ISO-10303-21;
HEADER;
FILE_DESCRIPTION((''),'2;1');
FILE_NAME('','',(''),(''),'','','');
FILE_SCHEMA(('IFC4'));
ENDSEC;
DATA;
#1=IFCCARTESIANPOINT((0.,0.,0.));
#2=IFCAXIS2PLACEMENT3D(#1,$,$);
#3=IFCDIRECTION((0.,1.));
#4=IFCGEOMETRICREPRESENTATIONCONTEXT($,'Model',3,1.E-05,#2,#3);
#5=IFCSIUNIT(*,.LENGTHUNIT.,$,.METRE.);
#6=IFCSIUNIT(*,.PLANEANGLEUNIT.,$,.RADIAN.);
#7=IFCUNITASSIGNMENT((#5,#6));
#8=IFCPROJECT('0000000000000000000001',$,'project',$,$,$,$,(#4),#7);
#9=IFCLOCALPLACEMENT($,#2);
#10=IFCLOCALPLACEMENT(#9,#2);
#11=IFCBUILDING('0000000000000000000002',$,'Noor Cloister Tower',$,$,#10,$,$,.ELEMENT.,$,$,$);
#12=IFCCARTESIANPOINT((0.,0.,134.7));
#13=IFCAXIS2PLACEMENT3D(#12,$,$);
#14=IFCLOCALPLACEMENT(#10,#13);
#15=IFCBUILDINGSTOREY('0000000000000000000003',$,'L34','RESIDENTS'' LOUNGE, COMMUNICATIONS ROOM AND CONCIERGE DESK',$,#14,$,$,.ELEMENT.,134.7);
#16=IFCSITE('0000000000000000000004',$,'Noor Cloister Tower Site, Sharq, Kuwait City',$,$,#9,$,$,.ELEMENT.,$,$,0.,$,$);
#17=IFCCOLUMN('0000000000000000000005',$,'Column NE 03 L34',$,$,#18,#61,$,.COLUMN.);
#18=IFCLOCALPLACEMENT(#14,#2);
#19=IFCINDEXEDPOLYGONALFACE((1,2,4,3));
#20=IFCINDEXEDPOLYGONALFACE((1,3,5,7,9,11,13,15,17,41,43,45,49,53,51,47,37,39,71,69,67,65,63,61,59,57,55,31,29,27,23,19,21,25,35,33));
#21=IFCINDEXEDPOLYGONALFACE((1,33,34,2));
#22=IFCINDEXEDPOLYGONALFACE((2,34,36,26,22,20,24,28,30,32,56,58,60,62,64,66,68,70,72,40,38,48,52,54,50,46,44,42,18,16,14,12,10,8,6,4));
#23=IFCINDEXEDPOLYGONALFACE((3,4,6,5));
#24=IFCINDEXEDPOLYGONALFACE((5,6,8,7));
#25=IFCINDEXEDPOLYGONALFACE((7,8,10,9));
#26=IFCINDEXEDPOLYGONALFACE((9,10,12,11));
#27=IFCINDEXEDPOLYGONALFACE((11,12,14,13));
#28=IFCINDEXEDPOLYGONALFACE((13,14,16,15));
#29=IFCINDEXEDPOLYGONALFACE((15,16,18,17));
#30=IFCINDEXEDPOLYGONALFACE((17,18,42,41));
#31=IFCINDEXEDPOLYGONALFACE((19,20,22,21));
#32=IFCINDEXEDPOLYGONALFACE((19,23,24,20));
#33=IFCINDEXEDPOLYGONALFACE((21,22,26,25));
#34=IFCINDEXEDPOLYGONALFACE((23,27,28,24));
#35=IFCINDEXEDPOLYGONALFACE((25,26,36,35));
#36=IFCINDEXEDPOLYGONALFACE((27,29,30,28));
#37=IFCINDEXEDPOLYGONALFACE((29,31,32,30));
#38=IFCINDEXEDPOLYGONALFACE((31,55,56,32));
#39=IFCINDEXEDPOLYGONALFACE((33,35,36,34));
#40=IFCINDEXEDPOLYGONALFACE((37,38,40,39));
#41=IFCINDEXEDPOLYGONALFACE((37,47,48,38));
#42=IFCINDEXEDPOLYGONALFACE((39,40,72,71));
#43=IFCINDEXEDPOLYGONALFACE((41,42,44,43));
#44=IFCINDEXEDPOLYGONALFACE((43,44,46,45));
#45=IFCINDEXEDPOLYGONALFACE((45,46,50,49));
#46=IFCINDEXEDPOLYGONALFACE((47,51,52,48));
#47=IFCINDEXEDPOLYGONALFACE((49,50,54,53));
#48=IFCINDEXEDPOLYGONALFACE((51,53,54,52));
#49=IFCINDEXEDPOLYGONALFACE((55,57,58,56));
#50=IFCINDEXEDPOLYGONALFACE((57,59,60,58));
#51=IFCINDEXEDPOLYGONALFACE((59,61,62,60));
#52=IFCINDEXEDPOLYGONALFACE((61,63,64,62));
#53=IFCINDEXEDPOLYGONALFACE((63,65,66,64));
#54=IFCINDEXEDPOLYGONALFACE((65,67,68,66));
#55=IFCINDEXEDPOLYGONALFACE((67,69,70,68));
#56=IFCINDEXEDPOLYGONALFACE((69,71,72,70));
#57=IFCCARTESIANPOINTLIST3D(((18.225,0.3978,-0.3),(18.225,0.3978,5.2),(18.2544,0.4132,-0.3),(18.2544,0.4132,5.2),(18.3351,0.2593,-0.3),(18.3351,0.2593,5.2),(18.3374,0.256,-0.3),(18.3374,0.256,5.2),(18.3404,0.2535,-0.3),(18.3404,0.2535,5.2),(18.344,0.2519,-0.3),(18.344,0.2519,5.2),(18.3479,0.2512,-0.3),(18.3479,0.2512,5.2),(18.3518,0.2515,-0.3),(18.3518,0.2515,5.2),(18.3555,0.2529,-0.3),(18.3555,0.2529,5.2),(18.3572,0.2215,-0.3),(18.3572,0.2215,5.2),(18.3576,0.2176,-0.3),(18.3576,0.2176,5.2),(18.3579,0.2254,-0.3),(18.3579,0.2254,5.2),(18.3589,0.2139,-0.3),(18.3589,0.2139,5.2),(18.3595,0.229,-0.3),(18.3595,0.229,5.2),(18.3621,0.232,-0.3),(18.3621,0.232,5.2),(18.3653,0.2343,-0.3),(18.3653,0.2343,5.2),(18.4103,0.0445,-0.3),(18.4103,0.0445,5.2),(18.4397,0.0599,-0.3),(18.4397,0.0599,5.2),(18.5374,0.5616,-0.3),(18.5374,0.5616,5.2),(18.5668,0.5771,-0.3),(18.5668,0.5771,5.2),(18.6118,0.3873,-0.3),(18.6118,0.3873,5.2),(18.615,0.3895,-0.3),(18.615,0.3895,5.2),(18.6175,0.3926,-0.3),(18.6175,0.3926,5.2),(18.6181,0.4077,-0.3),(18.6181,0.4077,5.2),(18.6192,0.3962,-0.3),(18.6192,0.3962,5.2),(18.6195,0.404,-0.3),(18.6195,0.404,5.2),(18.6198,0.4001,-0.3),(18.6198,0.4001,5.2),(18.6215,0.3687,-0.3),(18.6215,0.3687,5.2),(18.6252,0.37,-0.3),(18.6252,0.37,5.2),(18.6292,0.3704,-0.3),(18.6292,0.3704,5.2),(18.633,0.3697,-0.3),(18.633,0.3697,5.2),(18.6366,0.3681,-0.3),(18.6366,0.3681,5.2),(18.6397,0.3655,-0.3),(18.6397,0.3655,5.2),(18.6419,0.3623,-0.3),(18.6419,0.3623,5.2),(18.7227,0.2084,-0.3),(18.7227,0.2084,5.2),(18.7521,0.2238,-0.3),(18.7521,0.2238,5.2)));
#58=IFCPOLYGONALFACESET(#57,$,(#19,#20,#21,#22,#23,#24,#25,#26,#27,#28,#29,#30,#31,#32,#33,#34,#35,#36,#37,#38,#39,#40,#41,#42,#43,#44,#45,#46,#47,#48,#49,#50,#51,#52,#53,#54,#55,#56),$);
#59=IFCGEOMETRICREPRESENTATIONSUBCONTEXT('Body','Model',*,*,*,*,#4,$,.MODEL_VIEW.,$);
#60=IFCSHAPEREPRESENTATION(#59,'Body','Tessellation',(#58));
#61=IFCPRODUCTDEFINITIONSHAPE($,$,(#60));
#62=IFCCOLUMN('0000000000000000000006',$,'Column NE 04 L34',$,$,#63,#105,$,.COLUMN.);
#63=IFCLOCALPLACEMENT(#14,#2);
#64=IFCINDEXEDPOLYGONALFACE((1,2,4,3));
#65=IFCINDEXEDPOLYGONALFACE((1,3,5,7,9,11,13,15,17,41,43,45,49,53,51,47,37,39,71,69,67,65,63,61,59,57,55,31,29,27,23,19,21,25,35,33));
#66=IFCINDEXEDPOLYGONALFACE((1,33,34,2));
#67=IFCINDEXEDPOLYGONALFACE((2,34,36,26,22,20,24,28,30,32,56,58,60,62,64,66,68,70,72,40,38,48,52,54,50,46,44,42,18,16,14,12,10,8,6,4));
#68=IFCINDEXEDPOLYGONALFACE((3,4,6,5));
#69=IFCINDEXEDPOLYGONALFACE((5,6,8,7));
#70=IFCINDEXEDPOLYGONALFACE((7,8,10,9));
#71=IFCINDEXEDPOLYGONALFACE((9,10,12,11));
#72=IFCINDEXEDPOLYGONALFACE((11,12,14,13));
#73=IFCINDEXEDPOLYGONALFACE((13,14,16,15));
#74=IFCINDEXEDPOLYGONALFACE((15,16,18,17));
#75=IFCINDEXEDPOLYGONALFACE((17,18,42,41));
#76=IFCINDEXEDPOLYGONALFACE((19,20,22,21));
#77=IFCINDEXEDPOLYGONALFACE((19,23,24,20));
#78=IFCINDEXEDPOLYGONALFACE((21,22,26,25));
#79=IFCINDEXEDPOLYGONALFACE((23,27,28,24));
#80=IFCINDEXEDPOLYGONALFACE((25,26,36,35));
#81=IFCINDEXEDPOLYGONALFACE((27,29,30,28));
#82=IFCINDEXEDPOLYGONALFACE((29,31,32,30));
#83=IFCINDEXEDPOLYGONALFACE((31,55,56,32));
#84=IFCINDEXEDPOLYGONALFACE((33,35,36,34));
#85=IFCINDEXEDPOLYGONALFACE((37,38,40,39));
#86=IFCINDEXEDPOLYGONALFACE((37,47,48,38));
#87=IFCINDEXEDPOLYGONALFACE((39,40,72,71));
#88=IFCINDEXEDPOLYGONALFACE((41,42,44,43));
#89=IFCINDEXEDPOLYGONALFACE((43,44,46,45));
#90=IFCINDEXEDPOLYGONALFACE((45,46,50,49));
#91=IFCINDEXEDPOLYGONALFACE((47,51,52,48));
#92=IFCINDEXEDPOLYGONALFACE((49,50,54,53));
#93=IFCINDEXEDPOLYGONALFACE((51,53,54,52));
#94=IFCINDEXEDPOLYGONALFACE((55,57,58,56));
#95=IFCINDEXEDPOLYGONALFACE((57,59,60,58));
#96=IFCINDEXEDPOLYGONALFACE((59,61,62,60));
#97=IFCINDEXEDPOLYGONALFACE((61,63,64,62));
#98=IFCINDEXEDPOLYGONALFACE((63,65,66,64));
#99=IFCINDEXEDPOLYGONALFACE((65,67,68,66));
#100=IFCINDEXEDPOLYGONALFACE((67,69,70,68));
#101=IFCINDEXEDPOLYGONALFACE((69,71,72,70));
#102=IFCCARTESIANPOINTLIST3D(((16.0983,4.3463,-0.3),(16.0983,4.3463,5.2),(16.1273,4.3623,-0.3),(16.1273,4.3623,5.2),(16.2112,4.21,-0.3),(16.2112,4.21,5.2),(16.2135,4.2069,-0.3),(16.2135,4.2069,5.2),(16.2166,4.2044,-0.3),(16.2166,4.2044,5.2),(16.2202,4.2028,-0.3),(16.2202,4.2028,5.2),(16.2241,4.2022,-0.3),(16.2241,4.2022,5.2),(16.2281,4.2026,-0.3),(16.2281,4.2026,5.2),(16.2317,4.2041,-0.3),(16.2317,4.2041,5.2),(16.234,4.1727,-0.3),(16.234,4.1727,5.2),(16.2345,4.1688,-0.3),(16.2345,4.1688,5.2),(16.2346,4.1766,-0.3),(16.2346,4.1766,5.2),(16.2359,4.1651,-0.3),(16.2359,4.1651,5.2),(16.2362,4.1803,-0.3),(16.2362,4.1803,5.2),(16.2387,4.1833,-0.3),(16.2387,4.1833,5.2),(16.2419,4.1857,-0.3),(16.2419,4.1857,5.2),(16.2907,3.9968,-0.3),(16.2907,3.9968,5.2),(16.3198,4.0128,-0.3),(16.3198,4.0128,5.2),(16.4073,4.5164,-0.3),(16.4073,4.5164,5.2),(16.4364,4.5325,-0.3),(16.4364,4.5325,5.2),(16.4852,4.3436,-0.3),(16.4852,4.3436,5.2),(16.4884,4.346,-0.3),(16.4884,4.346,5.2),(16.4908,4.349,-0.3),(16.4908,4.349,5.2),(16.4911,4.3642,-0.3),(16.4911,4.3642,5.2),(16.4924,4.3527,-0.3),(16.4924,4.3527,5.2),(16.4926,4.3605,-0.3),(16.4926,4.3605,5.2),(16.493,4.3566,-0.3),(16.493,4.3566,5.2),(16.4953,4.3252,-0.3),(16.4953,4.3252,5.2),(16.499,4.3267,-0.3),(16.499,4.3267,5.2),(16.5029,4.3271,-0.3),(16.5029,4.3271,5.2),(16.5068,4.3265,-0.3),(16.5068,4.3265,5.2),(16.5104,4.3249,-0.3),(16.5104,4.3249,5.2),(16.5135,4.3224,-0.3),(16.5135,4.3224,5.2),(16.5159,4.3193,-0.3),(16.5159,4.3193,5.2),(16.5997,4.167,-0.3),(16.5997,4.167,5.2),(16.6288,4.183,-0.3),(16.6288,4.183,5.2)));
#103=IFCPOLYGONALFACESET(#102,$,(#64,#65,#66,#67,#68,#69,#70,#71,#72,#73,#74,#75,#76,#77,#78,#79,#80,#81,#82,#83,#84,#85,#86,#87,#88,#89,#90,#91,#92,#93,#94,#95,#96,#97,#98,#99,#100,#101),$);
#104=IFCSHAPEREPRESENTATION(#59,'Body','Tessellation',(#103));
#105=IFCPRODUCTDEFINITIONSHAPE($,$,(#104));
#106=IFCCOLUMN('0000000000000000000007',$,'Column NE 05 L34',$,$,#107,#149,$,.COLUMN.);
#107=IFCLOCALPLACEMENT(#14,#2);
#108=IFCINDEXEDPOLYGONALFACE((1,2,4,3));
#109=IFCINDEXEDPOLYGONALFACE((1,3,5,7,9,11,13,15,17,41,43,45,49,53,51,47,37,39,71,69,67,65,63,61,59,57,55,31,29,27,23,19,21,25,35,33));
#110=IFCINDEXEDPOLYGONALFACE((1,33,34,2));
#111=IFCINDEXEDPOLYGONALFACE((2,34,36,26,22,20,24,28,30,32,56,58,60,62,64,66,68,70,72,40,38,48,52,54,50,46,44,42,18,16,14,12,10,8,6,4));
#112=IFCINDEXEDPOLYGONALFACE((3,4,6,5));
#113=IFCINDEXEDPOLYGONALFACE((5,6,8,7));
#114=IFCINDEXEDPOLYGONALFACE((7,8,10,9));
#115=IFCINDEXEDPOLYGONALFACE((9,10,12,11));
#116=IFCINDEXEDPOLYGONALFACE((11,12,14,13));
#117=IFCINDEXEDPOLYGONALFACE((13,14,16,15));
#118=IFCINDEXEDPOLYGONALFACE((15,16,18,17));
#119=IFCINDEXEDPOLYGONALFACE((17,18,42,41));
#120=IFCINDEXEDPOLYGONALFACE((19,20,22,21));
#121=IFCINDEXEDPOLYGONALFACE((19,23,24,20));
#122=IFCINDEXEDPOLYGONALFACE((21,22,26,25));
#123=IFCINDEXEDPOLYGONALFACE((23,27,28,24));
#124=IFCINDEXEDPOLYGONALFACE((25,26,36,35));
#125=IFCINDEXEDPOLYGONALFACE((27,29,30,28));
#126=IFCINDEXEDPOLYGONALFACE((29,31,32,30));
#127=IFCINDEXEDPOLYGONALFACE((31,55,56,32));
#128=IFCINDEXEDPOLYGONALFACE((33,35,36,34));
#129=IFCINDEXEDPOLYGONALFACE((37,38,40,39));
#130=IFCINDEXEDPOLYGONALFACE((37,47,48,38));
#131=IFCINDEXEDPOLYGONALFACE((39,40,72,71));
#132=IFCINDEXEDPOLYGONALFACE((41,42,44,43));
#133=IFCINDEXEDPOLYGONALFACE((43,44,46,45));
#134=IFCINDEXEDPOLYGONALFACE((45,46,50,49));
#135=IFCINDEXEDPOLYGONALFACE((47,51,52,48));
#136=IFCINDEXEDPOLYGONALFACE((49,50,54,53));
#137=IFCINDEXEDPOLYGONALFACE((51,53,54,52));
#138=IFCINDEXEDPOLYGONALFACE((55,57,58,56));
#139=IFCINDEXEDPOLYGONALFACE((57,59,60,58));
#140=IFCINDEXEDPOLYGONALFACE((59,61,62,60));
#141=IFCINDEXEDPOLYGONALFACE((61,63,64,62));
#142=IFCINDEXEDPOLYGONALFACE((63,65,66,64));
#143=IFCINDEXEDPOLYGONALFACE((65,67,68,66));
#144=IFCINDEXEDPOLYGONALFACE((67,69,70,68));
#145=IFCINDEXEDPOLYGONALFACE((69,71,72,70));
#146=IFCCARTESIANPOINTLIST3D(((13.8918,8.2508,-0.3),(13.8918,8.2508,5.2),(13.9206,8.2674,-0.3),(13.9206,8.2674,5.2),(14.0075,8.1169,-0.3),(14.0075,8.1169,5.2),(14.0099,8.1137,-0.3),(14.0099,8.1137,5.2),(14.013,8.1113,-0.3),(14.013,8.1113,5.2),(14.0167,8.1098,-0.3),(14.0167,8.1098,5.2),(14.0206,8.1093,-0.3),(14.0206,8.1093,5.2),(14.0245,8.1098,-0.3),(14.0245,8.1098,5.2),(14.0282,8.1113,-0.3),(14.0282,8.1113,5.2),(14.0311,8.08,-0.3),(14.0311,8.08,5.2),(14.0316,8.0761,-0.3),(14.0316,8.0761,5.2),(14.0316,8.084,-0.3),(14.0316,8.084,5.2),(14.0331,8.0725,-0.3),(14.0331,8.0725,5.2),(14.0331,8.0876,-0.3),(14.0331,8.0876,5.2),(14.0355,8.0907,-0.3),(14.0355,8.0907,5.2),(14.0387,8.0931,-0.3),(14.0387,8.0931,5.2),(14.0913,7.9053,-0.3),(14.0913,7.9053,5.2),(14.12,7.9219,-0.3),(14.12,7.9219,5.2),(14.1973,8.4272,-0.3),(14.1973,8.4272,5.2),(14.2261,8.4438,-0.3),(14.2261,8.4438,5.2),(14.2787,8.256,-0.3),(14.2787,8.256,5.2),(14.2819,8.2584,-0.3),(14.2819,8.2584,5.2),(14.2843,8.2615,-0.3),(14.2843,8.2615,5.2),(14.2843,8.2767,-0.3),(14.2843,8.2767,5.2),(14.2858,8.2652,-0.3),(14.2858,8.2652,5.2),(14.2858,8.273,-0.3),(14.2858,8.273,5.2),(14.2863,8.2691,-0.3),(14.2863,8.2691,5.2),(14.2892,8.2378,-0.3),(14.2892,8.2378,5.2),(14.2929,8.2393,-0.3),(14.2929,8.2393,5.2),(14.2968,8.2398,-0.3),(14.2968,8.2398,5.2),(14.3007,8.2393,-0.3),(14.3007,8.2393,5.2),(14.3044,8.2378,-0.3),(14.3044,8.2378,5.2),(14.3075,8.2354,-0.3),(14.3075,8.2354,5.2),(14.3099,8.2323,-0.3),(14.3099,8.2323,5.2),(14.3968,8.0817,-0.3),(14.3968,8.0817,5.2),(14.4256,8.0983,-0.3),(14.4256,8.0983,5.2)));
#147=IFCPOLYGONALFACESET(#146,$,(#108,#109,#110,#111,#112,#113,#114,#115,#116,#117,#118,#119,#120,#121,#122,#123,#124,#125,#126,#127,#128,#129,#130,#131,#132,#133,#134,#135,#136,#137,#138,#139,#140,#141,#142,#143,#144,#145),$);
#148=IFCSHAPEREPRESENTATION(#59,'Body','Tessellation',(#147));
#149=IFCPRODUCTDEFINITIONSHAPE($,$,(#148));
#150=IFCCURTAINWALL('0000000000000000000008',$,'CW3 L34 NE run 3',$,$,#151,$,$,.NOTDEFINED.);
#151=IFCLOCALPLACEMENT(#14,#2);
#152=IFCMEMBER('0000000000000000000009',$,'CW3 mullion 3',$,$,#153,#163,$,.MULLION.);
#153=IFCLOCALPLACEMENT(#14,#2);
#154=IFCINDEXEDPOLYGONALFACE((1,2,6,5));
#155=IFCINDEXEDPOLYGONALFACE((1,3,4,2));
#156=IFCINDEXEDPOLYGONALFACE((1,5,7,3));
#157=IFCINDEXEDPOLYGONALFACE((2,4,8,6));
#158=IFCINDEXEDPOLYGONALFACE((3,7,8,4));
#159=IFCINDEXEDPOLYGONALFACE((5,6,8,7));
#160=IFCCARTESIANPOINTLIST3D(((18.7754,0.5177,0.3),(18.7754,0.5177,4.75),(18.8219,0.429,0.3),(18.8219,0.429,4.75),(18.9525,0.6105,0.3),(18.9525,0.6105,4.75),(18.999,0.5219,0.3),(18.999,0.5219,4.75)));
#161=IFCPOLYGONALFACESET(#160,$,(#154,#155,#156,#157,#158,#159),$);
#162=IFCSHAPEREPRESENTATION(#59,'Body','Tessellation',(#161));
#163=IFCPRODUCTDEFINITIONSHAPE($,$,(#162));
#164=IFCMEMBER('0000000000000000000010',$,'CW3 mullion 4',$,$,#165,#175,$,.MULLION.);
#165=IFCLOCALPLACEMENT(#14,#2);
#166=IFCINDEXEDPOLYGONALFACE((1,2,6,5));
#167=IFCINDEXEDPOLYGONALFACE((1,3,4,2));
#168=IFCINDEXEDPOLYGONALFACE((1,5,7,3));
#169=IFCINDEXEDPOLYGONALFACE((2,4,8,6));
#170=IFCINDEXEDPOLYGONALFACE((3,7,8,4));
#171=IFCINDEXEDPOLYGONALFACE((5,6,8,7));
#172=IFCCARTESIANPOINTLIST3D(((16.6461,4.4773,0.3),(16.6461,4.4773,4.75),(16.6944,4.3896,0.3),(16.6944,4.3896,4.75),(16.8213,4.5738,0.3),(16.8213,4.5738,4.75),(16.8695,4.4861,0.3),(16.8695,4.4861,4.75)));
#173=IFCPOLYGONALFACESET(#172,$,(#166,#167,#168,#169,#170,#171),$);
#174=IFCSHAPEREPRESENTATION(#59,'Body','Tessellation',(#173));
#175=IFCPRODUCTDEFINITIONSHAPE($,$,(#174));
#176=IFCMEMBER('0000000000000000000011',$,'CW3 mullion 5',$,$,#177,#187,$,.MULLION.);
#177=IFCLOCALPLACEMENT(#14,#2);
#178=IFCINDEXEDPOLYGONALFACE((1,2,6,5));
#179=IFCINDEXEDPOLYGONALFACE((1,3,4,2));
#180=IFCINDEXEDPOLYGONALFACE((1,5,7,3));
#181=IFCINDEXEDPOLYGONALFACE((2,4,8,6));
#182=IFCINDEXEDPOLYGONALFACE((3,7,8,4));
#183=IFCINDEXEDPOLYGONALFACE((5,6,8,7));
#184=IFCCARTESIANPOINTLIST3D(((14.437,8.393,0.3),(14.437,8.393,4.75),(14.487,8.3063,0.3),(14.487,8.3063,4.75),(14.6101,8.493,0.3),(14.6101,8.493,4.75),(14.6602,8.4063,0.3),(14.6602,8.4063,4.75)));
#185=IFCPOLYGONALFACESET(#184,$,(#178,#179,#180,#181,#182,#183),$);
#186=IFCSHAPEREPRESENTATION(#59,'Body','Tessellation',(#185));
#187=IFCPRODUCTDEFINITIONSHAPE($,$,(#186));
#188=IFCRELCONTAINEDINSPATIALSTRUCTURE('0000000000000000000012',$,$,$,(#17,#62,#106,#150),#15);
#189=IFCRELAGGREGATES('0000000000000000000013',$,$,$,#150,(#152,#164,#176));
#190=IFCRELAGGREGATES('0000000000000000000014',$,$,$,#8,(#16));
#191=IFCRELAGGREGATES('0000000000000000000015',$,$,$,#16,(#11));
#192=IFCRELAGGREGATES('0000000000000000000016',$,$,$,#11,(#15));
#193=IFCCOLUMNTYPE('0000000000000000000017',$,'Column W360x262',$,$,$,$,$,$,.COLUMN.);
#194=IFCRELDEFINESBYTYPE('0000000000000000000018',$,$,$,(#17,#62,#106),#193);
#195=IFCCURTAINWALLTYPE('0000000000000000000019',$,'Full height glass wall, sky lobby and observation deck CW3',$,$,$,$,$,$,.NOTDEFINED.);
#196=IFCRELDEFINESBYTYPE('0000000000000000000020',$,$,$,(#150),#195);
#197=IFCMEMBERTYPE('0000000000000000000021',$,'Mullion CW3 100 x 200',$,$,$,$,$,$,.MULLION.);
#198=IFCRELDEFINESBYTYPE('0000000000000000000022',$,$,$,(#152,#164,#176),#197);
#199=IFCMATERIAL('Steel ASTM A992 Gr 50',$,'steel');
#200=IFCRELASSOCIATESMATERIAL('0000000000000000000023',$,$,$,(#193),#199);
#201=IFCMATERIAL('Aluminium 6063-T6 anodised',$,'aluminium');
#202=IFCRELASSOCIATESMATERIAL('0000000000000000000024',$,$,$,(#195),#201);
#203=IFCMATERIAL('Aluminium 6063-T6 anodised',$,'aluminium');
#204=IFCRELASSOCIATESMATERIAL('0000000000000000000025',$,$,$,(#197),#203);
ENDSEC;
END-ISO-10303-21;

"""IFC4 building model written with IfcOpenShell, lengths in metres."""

from ifc_helpers import new_model, si_unit, direction, frame, origin, origin_2d, place, context, subcontext, project, spatial, rectangle, i_section, extrude, material, material_profile, profile_set, type_object, element, aggregate, save


model = new_model("IFC4")

# Units and contexts
model_context = context("Model", 3, precision=1e-05, world=origin(), true_north=direction((0.0, 1.0)))
body_context = subcontext(model_context, "Body", "Model", "MODEL_VIEW")
ifc_project = project(units=[si_unit("LENGTHUNIT", "METRE"), si_unit("PLANEANGLEUNIT", "RADIAN")], contexts=[model_context])

# Site, building, storey
site_placement = place(None, origin())
site = spatial("IfcSite", under=ifc_project, at=site_placement, Name="Noor Cloister Tower Site, Sharq, Kuwait City", CompositionType="ELEMENT", RefElevation=0.0)
building_placement = place(site_placement, origin())
building = spatial("IfcBuilding", under=site, at=building_placement, Name="Noor Cloister Tower", CompositionType="ELEMENT")
storey_placement = place(building_placement, frame((0.0, 0.0, 134.7)))
storey = spatial("IfcBuildingStorey", under=building, at=storey_placement, Name="L34", Description="RESIDENTS' LOUNGE, COMMUNICATIONS ROOM AND CONCIERGE DESK", CompositionType="ELEMENT", Elevation=134.7)

# Columns
ifc_material_1 = material(Name="Steel ASTM A992 Gr 50", Category="steel")
ifc_material_profile_1 = material_profile(ifc_material_1, i_section(OverallWidth=0.3989, OverallDepth=0.386, WebThickness=0.021, FlangeThickness=0.0332, FilletRadius=0.0151, at=origin_2d()), Name="W360x262")
ifc_profile_set_1 = profile_set([ifc_material_profile_1], Name="Steel ASTM A992 Gr 50")
column_type = type_object("IfcColumnType", Name="Column W360x262", PredefinedType="COLUMN", material=ifc_profile_set_1)
for number, where, z_axis, x_axis, name in (
    (1, (18.4885, 0.3108, -0.3), (0.0, 0.0, 1.0), (-0.464446, 0.885601, 0.0), "Column NE 03 L34"),
    (2, (16.3635, 4.2646, -0.3), (0.0, 0.0, 1.0), (-0.482322, 0.875994, 0.0), "Column NE 04 L34"),
    (3, (14.1587, 8.1746, -0.3), (0.0, 0.0, 1.0), (-0.5, 0.866025, 0.0), "Column NE 05 L34"),
):
    element("IfcColumn", number, at=place(storey_placement, frame(where, z_axis=z_axis, x_axis=x_axis)), inside=storey, type_object=column_type, Name=name, PredefinedType="COLUMN", context=body_context, shape_type="SweptSolid", body=[
        extrude(i_section(OverallWidth=0.3989, OverallDepth=0.386, WebThickness=0.021, FlangeThickness=0.0332, FilletRadius=0.0151, at=origin_2d()), origin(), (0.0, 0.0, 1.0), 5.5),
    ])

# Curtain wall, members
ifc_material_2 = material(Name="Aluminium 6063-T6 anodised", Category="aluminium")
curtain_wall_type = type_object("IfcCurtainWallType", Name="Full height glass wall, sky lobby and observation deck CW3", PredefinedType="NOTDEFINED", material=ifc_material_2)
curtain_wall_placement = place(storey_placement, origin())
curtain_wall = element("IfcCurtainWall", 4, at=curtain_wall_placement, inside=storey, type_object=curtain_wall_type, Name="CW3 L34 NE run 3", PredefinedType="NOTDEFINED")
ifc_material_3 = material(Name="Aluminium 6063-T6 anodised", Category="aluminium")
ifc_material_profile_2 = material_profile(ifc_material_3, rectangle(XDim=0.2, YDim=0.1001, at=origin_2d()), Name="200 x 100 mullion")
ifc_profile_set_2 = profile_set([ifc_material_profile_2], Name="Aluminium 6063-T6 anodised")
member_type = type_object("IfcMemberType", Name="Mullion CW3 100 x 200", PredefinedType="MULLION", material=ifc_profile_set_2)
member_1_placement = place(storey_placement, frame((18.8872, 0.5198, 0.3), z_axis=(0.0, 0.0, 1.0), x_axis=(-0.885601, -0.464446, 0.0)))
member_1 = element("IfcMember", 5, at=member_1_placement, type_object=member_type, Name="CW3 mullion 3", PredefinedType="MULLION", context=body_context, shape_type="SweptSolid", body=[
    extrude(rectangle(XDim=0.2, YDim=0.1001, at=origin_2d()), origin(), (0.0, 0.0, 1.0), 4.45),
])
member_2_placement = place(storey_placement, frame((16.7578, 4.4817, 0.3), z_axis=(0.0, 0.0, 1.0), x_axis=(-0.875994, -0.482322, 0.0)))
member_2 = element("IfcMember", 6, at=member_2_placement, type_object=member_type, Name="CW3 mullion 4", PredefinedType="MULLION", context=body_context, shape_type="SweptSolid", body=[
    extrude(rectangle(XDim=0.2, YDim=0.1001, at=origin_2d()), origin(), (0.0, 0.0, 1.0), 4.45),
])
member_3_placement = place(storey_placement, frame((14.5486, 8.3997, 0.3), z_axis=(0.0, 0.0, 1.0), x_axis=(-0.866025, -0.5, 0.0)))
member_3 = element("IfcMember", 7, at=member_3_placement, type_object=member_type, Name="CW3 mullion 5", PredefinedType="MULLION", context=body_context, shape_type="SweptSolid", body=[
    extrude(rectangle(XDim=0.2, YDim=0.1001, at=origin_2d()), origin(), (0.0, 0.0, 1.0), 4.45),
])

aggregate(curtain_wall, [member_1, member_2, member_3])

save(model, "model.ifc")
